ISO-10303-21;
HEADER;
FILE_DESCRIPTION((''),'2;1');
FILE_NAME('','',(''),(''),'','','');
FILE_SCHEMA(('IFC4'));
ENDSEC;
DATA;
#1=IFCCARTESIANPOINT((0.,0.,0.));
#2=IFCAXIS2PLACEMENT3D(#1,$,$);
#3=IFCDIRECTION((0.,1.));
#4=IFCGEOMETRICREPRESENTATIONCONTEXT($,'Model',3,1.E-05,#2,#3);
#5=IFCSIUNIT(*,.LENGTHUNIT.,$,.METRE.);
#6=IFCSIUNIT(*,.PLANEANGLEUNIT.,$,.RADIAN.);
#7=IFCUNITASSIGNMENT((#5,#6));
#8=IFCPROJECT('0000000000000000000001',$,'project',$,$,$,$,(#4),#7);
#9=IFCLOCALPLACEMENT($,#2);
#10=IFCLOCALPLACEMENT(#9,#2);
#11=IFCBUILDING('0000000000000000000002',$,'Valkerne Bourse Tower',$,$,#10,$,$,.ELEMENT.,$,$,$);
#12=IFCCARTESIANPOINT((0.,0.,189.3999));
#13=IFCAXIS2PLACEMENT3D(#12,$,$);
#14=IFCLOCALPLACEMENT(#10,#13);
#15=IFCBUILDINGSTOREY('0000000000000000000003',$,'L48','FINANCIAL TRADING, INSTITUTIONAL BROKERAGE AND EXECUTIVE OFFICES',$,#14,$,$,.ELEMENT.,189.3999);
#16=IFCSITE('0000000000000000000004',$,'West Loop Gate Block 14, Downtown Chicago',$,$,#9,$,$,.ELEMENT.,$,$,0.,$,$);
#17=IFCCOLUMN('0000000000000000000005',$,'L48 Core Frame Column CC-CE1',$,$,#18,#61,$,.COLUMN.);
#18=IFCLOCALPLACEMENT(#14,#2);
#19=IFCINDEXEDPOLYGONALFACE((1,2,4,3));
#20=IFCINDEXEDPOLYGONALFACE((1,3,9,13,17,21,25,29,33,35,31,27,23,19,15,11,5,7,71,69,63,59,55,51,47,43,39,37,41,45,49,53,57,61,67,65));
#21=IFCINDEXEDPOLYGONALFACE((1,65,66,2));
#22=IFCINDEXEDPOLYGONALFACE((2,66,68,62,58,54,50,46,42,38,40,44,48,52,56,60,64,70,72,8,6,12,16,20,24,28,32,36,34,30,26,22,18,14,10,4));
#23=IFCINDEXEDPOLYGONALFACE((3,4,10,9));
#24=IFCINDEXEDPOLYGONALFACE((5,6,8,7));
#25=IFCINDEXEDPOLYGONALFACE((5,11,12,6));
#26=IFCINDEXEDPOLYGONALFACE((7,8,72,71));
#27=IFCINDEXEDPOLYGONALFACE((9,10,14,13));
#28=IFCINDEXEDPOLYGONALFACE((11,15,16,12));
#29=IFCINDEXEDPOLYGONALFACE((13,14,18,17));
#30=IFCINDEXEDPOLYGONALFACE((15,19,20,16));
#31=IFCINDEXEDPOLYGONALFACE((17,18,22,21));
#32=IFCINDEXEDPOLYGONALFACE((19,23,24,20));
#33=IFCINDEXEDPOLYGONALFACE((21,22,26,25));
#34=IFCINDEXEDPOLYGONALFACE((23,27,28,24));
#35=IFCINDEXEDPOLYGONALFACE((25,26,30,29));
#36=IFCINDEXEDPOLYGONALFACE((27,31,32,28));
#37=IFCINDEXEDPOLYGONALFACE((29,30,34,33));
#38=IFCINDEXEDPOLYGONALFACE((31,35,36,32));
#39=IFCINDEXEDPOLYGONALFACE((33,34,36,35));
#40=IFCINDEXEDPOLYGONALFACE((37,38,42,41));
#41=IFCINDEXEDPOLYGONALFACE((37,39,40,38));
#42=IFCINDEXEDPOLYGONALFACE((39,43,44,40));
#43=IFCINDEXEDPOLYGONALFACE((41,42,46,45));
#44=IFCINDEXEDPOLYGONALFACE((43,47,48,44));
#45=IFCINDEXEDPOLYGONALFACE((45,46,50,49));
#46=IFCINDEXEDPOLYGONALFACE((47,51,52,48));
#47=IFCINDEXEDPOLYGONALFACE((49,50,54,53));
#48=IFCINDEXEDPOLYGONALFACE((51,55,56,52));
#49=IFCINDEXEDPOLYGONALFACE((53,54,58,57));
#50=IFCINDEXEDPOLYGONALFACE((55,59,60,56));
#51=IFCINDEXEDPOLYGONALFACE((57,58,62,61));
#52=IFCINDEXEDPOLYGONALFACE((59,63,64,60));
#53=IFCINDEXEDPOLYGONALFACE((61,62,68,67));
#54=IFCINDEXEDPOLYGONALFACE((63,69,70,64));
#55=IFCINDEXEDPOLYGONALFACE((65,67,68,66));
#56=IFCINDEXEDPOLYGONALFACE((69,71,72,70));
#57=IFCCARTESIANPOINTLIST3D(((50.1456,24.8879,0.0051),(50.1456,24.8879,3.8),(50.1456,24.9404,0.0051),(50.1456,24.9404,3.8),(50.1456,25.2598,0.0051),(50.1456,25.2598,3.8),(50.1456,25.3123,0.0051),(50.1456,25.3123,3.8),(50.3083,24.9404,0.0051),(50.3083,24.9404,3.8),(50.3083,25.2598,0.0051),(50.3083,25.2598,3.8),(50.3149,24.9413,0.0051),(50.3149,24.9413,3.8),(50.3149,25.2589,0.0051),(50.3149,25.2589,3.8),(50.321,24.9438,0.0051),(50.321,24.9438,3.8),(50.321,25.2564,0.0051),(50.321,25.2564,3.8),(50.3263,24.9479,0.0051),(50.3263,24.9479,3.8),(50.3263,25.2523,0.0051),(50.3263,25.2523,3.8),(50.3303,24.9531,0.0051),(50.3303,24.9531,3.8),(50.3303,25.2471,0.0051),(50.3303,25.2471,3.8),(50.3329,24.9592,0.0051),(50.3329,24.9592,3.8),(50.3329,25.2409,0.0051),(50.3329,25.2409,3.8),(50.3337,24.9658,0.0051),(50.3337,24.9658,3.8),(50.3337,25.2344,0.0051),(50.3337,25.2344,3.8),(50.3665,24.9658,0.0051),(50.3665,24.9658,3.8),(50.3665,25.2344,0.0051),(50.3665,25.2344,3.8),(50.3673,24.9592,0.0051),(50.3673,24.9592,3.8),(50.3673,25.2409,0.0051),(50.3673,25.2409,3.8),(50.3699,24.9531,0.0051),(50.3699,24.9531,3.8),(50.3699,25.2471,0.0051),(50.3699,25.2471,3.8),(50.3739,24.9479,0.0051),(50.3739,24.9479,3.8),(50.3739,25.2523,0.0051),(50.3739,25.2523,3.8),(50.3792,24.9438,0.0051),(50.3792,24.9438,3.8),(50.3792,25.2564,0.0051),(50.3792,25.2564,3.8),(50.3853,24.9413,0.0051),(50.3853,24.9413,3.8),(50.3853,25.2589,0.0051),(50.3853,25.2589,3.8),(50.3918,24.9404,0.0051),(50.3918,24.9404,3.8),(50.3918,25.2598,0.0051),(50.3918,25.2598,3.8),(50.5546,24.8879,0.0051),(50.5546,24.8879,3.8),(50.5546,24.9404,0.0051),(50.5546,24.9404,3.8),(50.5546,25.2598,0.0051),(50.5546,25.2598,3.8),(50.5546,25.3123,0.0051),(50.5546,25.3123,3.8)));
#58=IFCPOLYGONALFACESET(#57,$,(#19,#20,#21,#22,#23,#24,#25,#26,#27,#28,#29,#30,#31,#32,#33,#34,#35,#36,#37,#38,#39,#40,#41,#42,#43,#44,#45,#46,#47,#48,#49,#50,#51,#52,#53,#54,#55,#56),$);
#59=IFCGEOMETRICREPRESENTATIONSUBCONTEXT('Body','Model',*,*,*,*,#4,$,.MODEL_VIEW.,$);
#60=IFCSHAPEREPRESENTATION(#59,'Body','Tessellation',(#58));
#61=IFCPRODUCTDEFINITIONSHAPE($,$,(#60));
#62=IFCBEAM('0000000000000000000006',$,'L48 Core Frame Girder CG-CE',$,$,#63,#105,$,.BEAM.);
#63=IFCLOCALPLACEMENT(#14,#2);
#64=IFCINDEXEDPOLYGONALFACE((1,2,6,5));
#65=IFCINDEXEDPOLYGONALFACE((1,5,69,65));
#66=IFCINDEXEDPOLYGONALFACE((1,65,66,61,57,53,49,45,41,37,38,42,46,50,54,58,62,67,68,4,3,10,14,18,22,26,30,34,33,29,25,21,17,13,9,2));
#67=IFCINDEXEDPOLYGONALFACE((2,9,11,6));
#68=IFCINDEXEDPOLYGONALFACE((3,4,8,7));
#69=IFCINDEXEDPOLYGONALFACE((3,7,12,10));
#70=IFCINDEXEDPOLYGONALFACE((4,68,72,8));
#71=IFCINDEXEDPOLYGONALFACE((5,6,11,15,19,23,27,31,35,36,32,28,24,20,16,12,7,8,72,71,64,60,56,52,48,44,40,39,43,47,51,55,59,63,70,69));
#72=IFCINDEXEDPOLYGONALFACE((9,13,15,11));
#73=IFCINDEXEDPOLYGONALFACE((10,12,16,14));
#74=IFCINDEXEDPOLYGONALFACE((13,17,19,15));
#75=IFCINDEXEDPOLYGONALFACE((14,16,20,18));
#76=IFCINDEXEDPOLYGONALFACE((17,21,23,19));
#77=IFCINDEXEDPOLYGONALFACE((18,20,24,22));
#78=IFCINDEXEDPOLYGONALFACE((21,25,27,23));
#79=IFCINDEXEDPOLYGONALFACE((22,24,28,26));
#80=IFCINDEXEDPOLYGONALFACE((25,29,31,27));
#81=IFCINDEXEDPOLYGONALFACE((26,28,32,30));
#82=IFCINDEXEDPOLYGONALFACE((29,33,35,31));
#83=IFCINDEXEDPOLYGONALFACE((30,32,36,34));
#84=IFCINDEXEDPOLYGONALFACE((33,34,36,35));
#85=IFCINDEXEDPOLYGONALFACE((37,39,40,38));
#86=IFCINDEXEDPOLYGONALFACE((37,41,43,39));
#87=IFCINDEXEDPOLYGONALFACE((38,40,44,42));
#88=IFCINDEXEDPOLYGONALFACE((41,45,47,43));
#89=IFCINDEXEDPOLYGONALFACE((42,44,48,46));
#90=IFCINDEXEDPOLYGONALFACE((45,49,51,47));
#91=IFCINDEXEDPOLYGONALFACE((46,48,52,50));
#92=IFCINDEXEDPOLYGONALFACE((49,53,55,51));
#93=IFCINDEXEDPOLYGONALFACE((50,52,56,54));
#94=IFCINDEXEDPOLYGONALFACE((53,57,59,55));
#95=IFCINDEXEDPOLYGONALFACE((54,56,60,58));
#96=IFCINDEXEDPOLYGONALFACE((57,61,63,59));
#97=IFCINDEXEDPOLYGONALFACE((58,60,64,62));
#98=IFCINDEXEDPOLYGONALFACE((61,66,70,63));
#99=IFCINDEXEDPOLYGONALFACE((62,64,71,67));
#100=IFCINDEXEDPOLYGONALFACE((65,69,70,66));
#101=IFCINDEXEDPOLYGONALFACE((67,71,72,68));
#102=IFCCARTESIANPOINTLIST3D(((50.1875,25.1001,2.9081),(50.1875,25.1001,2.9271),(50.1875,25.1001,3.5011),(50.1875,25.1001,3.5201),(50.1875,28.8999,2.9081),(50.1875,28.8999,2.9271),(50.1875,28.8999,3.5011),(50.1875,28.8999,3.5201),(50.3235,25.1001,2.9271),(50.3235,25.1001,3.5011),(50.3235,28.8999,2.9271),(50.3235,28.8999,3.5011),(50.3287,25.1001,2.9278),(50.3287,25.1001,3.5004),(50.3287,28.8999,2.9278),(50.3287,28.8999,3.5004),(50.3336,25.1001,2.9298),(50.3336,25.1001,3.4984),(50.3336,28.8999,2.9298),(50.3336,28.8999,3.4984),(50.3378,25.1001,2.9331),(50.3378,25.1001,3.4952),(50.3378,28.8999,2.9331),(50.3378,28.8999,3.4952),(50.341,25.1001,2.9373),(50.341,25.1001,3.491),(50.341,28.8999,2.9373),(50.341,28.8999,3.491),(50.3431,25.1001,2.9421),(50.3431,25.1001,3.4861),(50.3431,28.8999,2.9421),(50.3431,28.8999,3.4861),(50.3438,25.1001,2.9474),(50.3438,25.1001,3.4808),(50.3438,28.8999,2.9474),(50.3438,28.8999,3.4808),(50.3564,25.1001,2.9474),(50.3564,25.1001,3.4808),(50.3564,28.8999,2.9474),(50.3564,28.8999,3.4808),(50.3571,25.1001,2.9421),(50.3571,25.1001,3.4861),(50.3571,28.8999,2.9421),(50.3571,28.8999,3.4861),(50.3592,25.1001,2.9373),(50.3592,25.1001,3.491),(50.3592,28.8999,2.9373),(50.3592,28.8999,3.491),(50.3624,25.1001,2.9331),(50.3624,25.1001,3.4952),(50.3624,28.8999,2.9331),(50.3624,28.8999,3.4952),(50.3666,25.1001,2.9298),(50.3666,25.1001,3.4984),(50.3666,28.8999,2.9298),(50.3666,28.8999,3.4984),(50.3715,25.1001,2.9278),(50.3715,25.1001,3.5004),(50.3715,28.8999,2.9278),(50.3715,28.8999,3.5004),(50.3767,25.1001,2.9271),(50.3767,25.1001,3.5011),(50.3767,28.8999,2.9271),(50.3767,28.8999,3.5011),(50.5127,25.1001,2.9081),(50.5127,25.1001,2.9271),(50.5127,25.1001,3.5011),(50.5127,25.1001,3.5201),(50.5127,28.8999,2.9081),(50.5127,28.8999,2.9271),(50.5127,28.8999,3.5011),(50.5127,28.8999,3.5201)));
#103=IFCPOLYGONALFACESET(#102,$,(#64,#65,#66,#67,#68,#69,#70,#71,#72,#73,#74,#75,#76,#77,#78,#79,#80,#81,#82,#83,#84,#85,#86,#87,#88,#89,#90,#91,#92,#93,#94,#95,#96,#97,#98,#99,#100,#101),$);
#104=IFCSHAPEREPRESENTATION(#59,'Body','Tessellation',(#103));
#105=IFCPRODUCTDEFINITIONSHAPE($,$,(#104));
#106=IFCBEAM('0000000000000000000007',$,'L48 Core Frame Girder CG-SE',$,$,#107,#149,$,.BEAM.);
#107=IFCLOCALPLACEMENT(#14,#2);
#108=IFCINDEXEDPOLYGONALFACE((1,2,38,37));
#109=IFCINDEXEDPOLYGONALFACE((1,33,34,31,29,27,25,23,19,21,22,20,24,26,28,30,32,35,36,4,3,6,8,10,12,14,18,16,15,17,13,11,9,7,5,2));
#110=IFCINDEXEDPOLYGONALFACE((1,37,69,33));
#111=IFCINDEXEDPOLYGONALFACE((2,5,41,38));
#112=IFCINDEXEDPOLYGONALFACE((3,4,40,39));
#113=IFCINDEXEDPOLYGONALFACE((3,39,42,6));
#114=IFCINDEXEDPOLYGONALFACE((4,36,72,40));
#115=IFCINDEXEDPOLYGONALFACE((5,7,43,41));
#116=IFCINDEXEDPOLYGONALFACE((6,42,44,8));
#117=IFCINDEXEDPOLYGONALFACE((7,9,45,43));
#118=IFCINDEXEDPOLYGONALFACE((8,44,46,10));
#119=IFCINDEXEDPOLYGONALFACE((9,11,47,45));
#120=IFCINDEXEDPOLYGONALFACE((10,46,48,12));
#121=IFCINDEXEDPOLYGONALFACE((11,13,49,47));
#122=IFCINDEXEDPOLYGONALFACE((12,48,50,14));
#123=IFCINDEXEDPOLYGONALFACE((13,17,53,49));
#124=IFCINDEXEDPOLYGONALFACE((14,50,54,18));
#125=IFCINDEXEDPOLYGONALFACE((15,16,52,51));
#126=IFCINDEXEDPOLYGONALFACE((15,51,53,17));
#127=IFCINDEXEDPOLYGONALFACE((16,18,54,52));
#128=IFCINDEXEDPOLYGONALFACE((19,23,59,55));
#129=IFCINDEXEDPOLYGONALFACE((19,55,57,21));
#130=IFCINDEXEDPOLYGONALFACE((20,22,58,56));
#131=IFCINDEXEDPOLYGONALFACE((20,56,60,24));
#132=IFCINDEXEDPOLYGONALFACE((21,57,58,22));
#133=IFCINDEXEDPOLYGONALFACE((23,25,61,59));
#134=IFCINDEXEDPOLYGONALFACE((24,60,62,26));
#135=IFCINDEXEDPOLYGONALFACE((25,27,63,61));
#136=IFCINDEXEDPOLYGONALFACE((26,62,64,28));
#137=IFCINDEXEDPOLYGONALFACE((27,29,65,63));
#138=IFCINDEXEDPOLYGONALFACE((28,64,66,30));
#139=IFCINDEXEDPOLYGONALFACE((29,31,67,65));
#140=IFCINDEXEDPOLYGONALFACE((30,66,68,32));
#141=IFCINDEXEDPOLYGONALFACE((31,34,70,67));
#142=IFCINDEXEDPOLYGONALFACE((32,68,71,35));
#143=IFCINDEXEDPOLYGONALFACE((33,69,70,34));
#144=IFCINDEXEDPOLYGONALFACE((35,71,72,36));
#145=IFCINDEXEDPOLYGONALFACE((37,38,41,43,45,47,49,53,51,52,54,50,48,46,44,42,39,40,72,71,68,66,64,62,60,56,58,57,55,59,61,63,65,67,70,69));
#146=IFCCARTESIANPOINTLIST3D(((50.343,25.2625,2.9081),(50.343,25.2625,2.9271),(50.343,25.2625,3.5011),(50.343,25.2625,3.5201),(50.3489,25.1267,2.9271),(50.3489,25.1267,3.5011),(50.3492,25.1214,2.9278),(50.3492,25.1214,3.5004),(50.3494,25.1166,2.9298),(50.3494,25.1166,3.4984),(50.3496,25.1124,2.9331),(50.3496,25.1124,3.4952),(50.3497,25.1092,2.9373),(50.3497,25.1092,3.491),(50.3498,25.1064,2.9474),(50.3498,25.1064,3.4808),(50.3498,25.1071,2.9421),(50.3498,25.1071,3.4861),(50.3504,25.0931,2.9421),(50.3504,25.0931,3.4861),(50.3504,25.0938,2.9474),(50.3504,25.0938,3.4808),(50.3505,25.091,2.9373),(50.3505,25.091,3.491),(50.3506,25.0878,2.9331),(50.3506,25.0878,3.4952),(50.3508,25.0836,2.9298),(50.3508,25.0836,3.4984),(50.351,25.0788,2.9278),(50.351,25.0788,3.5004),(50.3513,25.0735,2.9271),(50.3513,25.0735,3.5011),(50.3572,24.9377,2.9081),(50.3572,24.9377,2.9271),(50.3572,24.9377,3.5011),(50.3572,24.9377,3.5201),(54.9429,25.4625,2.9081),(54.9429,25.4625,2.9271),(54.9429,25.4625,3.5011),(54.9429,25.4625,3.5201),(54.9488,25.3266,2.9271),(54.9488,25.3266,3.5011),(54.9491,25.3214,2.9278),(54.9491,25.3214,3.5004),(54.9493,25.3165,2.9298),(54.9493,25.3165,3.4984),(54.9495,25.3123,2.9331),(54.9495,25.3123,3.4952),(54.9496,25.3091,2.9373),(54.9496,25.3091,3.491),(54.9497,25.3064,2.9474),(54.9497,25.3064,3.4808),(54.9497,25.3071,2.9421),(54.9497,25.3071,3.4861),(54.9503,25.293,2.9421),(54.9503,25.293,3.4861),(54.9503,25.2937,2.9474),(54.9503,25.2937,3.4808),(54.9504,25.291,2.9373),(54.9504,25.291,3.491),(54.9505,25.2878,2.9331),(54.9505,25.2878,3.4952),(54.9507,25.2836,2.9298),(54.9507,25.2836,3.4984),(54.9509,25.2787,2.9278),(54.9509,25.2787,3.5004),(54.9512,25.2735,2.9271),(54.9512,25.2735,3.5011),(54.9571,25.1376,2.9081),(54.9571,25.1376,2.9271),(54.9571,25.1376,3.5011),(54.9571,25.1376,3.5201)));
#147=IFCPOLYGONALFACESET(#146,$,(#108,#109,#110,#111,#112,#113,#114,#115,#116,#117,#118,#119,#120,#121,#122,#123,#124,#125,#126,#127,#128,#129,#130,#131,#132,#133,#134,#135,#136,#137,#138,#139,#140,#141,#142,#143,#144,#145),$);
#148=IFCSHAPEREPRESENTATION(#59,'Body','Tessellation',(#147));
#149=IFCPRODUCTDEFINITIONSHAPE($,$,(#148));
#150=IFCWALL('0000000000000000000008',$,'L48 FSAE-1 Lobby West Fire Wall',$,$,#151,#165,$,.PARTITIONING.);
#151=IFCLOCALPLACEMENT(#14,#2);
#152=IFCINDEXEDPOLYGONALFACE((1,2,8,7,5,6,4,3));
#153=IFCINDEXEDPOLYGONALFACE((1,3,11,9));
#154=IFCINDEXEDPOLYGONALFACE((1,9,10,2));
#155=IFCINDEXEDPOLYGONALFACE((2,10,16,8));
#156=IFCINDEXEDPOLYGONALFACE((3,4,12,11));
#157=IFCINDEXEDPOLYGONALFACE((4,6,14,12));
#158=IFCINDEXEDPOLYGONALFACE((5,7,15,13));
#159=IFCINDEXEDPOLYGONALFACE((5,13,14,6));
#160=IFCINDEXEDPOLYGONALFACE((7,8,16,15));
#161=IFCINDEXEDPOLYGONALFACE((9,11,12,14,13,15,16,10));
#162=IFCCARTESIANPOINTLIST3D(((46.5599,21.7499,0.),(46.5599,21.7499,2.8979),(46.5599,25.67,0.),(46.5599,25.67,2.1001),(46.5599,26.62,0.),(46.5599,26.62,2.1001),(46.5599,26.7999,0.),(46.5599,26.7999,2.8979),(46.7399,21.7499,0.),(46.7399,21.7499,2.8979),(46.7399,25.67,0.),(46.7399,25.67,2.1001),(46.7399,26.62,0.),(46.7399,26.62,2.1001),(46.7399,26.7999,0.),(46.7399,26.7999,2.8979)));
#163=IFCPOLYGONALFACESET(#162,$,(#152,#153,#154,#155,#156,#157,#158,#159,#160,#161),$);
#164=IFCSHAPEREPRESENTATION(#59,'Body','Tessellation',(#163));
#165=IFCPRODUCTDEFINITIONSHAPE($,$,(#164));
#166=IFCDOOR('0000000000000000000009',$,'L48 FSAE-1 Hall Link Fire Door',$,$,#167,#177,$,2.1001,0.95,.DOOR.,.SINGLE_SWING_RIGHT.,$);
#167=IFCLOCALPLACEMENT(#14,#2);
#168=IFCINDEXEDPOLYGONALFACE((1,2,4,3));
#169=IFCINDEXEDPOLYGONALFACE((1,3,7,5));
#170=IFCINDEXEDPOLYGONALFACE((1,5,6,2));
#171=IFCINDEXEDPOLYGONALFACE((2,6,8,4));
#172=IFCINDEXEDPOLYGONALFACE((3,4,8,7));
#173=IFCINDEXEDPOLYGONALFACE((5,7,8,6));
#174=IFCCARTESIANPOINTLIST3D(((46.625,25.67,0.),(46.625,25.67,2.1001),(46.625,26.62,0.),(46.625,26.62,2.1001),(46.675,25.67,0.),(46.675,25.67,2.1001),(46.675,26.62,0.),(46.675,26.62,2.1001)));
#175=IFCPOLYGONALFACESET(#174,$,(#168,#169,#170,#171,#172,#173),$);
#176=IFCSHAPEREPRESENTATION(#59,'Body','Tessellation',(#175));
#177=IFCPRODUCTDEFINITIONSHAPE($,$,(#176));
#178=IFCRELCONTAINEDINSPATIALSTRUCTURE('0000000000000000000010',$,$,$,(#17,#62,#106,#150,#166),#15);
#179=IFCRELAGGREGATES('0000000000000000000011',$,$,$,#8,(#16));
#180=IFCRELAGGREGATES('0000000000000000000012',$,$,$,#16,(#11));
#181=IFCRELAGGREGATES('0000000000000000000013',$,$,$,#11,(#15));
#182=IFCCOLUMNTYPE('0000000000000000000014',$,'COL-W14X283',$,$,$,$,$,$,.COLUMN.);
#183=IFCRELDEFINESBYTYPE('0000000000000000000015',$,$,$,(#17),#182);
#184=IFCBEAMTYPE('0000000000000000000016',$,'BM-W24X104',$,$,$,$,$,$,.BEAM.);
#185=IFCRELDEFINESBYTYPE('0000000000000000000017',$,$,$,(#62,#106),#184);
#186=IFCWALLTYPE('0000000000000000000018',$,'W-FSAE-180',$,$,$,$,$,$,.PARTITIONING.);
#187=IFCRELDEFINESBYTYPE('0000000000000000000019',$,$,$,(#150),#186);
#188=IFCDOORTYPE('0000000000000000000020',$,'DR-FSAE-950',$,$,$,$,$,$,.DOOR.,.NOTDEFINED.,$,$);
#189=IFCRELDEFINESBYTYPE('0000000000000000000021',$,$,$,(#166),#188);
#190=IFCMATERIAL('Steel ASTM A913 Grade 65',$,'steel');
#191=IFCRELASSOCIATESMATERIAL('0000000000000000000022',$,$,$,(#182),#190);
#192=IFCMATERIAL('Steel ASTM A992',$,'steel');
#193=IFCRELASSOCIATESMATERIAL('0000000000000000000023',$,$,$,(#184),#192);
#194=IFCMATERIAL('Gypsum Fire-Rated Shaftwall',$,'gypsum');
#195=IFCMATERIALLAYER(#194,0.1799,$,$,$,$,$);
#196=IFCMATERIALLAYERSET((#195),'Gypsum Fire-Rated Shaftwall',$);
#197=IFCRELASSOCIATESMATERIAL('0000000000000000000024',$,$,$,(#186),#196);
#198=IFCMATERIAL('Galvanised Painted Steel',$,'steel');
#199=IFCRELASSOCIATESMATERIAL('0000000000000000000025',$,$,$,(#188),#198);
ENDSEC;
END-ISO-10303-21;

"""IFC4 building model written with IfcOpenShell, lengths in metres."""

from ifc_helpers import new_model, si_unit, direction, frame, frame_2d, origin, origin_2d, place, context, subcontext, project, spatial, rectangle, i_section, extrude, material, layer, layer_set, material_profile, profile_set, type_object, element, fill, save


model = new_model("IFC4")

# Units and contexts
model_context = context("Model", 3, precision=1e-05, world=origin(), true_north=direction((0.0, 1.0)))
body_context = subcontext(model_context, "Body", "Model", "MODEL_VIEW")
ifc_project = project(units=[si_unit("LENGTHUNIT", "METRE"), si_unit("PLANEANGLEUNIT", "RADIAN")], contexts=[model_context])

# Site, building, storey
site_placement = place(None, origin())
site = spatial("IfcSite", under=ifc_project, at=site_placement, Name="West Loop Gate Block 14, Downtown Chicago", CompositionType="ELEMENT", RefElevation=0.0)
building_placement = place(site_placement, origin())
building = spatial("IfcBuilding", under=site, at=building_placement, Name="Valkerne Bourse Tower", CompositionType="ELEMENT")
storey_placement = place(building_placement, frame((0.0, 0.0, 189.3999)))
storey = spatial("IfcBuildingStorey", under=building, at=storey_placement, Name="L48", Description="FINANCIAL TRADING, INSTITUTIONAL BROKERAGE AND EXECUTIVE OFFICES", CompositionType="ELEMENT", Elevation=189.3999)

# Column
ifc_material_1 = material(Name="Steel ASTM A913 Grade 65", Category="steel")
ifc_material_profile_1 = material_profile(ifc_material_1, i_section(OverallWidth=0.4089, OverallDepth=0.4243, WebThickness=0.0327, FlangeThickness=0.0525, FilletRadius=0.0254, at=origin_2d()), Name="W14X283")
ifc_profile_set_1 = profile_set([ifc_material_profile_1], Name="Steel ASTM A913 Grade 65")
column_type = type_object("IfcColumnType", Name="COL-W14X283", PredefinedType="COLUMN", material=ifc_profile_set_1)
column_placement = place(storey_placement, frame((50.3501, 25.1001, 0.0051), z_axis=(0.0, 0.0, 1.0), x_axis=(1.0, 0.0, 0.0)))
element("IfcColumn", 1, at=column_placement, inside=storey, type_object=column_type, Name="L48 Core Frame Column CC-CE1", PredefinedType="COLUMN", context=body_context, shape_type="SweptSolid", body=[
    extrude(i_section(OverallWidth=0.4089, OverallDepth=0.4243, WebThickness=0.0327, FlangeThickness=0.0525, FilletRadius=0.0254, at=origin_2d()), origin(), (0.0, 0.0, 1.0), 3.7949),
])

# Beams
ifc_material_2 = material(Name="Steel ASTM A992", Category="steel")
ifc_material_profile_2 = material_profile(ifc_material_2, i_section(OverallWidth=0.3252, OverallDepth=0.6121, WebThickness=0.0127, FlangeThickness=0.019, FilletRadius=0.0203, at=origin_2d()), Name="W24X104")
ifc_profile_set_2 = profile_set([ifc_material_profile_2], Name="Steel ASTM A992")
beam_type = type_object("IfcBeamType", Name="BM-W24X104", PredefinedType="BEAM", material=ifc_profile_set_2)
beam_1_placement = place(storey_placement, frame((50.3501, 25.1001, 3.2141), z_axis=(0.0, 1.0, 0.0), x_axis=(-1.0, 0.0, 0.0)))
element("IfcBeam", 2, at=beam_1_placement, inside=storey, type_object=beam_type, Name="L48 Core Frame Girder CG-CE", PredefinedType="BEAM", context=body_context, shape_type="SweptSolid", body=[
    extrude(i_section(OverallWidth=0.3252, OverallDepth=0.6121, WebThickness=0.0127, FlangeThickness=0.019, FilletRadius=0.0203, at=origin_2d()), origin(), (0.0, 0.0, 1.0), 3.7998),
])
beam_2_placement = place(storey_placement, frame((50.3501, 25.1001, 3.2141), z_axis=(0.999057, 0.043428, 0.0), x_axis=(-0.043428, 0.999057, 0.0)))
element("IfcBeam", 3, at=beam_2_placement, inside=storey, type_object=beam_type, Name="L48 Core Frame Girder CG-SE", PredefinedType="BEAM", context=body_context, shape_type="SweptSolid", body=[
    extrude(i_section(OverallWidth=0.3252, OverallDepth=0.6121, WebThickness=0.0127, FlangeThickness=0.019, FilletRadius=0.0203, at=origin_2d()), origin(), (0.0, 0.0, 1.0), 4.6042),
])

# Wall, opening, door
ifc_material_3 = material(Name="Gypsum Fire-Rated Shaftwall", Category="gypsum")
ifc_layer_1 = layer(ifc_material_3, 0.1799)
ifc_layer_set_1 = layer_set([ifc_layer_1], Name="Gypsum Fire-Rated Shaftwall")
wall_type_1 = type_object("IfcWallType", Name="W-FSAE-180", PredefinedType="PARTITIONING", material=ifc_layer_set_1)
wall_1_placement = place(storey_placement, frame((46.6499, 21.75, 0.0), z_axis=(0.0, 0.0, 1.0), x_axis=(0.0, 1.0, 0.0)))
wall_1 = element("IfcWall", 4, at=wall_1_placement, inside=storey, type_object=wall_type_1, Name="L48 FSAE-1 Lobby West Fire Wall", PredefinedType="PARTITIONING", context=body_context, shape_type="SweptSolid", body=[
    extrude(rectangle(XDim=5.05, YDim=0.1799, at=frame_2d((2.5249, 0.0))), origin(), (0.0, 0.0, 1.0), 2.8979),
])
opening_1_placement = place(wall_1_placement, frame((3.9199, 0.0, 0.0)))
opening_1 = element("IfcOpeningElement", 5, at=opening_1_placement, cuts=wall_1, PredefinedType="OPENING", context=body_context, shape_type="SweptSolid", body=[
    extrude(rectangle(XDim=0.95, YDim=2.1001, at=frame_2d((0.4751, 1.05))), frame((0.0, 0.0999, 0.0), z_axis=(0.0, -1.0, 0.0), x_axis=(1.0, 0.0, 0.0)), (0.0, 0.0, 1.0), 0.2),
])
ifc_material_4 = material(Name="Galvanised Painted Steel", Category="steel")
door_type_1 = type_object("IfcDoorType", Name="DR-FSAE-950", OperationType="NOTDEFINED", PredefinedType="DOOR", material=ifc_material_4)
door_1_placement = place(opening_1_placement, origin())
door_1 = element("IfcDoor", 6, at=door_1_placement, inside=storey, type_object=door_type_1, Name="L48 FSAE-1 Hall Link Fire Door", OperationType="SINGLE_SWING_RIGHT", OverallHeight=2.1001, OverallWidth=0.95, PredefinedType="DOOR", context=body_context, shape_type="SweptSolid", body=[
    extrude(rectangle(XDim=0.95, YDim=2.1001, at=frame_2d((0.4751, 1.05))), frame((0.0, 0.0249, 0.0), z_axis=(0.0, -1.0, 0.0), x_axis=(1.0, 0.0, 0.0)), (0.0, 0.0, 1.0), 0.05),
])
fill(opening_1, door_1)

save(model, "model.ifc")
